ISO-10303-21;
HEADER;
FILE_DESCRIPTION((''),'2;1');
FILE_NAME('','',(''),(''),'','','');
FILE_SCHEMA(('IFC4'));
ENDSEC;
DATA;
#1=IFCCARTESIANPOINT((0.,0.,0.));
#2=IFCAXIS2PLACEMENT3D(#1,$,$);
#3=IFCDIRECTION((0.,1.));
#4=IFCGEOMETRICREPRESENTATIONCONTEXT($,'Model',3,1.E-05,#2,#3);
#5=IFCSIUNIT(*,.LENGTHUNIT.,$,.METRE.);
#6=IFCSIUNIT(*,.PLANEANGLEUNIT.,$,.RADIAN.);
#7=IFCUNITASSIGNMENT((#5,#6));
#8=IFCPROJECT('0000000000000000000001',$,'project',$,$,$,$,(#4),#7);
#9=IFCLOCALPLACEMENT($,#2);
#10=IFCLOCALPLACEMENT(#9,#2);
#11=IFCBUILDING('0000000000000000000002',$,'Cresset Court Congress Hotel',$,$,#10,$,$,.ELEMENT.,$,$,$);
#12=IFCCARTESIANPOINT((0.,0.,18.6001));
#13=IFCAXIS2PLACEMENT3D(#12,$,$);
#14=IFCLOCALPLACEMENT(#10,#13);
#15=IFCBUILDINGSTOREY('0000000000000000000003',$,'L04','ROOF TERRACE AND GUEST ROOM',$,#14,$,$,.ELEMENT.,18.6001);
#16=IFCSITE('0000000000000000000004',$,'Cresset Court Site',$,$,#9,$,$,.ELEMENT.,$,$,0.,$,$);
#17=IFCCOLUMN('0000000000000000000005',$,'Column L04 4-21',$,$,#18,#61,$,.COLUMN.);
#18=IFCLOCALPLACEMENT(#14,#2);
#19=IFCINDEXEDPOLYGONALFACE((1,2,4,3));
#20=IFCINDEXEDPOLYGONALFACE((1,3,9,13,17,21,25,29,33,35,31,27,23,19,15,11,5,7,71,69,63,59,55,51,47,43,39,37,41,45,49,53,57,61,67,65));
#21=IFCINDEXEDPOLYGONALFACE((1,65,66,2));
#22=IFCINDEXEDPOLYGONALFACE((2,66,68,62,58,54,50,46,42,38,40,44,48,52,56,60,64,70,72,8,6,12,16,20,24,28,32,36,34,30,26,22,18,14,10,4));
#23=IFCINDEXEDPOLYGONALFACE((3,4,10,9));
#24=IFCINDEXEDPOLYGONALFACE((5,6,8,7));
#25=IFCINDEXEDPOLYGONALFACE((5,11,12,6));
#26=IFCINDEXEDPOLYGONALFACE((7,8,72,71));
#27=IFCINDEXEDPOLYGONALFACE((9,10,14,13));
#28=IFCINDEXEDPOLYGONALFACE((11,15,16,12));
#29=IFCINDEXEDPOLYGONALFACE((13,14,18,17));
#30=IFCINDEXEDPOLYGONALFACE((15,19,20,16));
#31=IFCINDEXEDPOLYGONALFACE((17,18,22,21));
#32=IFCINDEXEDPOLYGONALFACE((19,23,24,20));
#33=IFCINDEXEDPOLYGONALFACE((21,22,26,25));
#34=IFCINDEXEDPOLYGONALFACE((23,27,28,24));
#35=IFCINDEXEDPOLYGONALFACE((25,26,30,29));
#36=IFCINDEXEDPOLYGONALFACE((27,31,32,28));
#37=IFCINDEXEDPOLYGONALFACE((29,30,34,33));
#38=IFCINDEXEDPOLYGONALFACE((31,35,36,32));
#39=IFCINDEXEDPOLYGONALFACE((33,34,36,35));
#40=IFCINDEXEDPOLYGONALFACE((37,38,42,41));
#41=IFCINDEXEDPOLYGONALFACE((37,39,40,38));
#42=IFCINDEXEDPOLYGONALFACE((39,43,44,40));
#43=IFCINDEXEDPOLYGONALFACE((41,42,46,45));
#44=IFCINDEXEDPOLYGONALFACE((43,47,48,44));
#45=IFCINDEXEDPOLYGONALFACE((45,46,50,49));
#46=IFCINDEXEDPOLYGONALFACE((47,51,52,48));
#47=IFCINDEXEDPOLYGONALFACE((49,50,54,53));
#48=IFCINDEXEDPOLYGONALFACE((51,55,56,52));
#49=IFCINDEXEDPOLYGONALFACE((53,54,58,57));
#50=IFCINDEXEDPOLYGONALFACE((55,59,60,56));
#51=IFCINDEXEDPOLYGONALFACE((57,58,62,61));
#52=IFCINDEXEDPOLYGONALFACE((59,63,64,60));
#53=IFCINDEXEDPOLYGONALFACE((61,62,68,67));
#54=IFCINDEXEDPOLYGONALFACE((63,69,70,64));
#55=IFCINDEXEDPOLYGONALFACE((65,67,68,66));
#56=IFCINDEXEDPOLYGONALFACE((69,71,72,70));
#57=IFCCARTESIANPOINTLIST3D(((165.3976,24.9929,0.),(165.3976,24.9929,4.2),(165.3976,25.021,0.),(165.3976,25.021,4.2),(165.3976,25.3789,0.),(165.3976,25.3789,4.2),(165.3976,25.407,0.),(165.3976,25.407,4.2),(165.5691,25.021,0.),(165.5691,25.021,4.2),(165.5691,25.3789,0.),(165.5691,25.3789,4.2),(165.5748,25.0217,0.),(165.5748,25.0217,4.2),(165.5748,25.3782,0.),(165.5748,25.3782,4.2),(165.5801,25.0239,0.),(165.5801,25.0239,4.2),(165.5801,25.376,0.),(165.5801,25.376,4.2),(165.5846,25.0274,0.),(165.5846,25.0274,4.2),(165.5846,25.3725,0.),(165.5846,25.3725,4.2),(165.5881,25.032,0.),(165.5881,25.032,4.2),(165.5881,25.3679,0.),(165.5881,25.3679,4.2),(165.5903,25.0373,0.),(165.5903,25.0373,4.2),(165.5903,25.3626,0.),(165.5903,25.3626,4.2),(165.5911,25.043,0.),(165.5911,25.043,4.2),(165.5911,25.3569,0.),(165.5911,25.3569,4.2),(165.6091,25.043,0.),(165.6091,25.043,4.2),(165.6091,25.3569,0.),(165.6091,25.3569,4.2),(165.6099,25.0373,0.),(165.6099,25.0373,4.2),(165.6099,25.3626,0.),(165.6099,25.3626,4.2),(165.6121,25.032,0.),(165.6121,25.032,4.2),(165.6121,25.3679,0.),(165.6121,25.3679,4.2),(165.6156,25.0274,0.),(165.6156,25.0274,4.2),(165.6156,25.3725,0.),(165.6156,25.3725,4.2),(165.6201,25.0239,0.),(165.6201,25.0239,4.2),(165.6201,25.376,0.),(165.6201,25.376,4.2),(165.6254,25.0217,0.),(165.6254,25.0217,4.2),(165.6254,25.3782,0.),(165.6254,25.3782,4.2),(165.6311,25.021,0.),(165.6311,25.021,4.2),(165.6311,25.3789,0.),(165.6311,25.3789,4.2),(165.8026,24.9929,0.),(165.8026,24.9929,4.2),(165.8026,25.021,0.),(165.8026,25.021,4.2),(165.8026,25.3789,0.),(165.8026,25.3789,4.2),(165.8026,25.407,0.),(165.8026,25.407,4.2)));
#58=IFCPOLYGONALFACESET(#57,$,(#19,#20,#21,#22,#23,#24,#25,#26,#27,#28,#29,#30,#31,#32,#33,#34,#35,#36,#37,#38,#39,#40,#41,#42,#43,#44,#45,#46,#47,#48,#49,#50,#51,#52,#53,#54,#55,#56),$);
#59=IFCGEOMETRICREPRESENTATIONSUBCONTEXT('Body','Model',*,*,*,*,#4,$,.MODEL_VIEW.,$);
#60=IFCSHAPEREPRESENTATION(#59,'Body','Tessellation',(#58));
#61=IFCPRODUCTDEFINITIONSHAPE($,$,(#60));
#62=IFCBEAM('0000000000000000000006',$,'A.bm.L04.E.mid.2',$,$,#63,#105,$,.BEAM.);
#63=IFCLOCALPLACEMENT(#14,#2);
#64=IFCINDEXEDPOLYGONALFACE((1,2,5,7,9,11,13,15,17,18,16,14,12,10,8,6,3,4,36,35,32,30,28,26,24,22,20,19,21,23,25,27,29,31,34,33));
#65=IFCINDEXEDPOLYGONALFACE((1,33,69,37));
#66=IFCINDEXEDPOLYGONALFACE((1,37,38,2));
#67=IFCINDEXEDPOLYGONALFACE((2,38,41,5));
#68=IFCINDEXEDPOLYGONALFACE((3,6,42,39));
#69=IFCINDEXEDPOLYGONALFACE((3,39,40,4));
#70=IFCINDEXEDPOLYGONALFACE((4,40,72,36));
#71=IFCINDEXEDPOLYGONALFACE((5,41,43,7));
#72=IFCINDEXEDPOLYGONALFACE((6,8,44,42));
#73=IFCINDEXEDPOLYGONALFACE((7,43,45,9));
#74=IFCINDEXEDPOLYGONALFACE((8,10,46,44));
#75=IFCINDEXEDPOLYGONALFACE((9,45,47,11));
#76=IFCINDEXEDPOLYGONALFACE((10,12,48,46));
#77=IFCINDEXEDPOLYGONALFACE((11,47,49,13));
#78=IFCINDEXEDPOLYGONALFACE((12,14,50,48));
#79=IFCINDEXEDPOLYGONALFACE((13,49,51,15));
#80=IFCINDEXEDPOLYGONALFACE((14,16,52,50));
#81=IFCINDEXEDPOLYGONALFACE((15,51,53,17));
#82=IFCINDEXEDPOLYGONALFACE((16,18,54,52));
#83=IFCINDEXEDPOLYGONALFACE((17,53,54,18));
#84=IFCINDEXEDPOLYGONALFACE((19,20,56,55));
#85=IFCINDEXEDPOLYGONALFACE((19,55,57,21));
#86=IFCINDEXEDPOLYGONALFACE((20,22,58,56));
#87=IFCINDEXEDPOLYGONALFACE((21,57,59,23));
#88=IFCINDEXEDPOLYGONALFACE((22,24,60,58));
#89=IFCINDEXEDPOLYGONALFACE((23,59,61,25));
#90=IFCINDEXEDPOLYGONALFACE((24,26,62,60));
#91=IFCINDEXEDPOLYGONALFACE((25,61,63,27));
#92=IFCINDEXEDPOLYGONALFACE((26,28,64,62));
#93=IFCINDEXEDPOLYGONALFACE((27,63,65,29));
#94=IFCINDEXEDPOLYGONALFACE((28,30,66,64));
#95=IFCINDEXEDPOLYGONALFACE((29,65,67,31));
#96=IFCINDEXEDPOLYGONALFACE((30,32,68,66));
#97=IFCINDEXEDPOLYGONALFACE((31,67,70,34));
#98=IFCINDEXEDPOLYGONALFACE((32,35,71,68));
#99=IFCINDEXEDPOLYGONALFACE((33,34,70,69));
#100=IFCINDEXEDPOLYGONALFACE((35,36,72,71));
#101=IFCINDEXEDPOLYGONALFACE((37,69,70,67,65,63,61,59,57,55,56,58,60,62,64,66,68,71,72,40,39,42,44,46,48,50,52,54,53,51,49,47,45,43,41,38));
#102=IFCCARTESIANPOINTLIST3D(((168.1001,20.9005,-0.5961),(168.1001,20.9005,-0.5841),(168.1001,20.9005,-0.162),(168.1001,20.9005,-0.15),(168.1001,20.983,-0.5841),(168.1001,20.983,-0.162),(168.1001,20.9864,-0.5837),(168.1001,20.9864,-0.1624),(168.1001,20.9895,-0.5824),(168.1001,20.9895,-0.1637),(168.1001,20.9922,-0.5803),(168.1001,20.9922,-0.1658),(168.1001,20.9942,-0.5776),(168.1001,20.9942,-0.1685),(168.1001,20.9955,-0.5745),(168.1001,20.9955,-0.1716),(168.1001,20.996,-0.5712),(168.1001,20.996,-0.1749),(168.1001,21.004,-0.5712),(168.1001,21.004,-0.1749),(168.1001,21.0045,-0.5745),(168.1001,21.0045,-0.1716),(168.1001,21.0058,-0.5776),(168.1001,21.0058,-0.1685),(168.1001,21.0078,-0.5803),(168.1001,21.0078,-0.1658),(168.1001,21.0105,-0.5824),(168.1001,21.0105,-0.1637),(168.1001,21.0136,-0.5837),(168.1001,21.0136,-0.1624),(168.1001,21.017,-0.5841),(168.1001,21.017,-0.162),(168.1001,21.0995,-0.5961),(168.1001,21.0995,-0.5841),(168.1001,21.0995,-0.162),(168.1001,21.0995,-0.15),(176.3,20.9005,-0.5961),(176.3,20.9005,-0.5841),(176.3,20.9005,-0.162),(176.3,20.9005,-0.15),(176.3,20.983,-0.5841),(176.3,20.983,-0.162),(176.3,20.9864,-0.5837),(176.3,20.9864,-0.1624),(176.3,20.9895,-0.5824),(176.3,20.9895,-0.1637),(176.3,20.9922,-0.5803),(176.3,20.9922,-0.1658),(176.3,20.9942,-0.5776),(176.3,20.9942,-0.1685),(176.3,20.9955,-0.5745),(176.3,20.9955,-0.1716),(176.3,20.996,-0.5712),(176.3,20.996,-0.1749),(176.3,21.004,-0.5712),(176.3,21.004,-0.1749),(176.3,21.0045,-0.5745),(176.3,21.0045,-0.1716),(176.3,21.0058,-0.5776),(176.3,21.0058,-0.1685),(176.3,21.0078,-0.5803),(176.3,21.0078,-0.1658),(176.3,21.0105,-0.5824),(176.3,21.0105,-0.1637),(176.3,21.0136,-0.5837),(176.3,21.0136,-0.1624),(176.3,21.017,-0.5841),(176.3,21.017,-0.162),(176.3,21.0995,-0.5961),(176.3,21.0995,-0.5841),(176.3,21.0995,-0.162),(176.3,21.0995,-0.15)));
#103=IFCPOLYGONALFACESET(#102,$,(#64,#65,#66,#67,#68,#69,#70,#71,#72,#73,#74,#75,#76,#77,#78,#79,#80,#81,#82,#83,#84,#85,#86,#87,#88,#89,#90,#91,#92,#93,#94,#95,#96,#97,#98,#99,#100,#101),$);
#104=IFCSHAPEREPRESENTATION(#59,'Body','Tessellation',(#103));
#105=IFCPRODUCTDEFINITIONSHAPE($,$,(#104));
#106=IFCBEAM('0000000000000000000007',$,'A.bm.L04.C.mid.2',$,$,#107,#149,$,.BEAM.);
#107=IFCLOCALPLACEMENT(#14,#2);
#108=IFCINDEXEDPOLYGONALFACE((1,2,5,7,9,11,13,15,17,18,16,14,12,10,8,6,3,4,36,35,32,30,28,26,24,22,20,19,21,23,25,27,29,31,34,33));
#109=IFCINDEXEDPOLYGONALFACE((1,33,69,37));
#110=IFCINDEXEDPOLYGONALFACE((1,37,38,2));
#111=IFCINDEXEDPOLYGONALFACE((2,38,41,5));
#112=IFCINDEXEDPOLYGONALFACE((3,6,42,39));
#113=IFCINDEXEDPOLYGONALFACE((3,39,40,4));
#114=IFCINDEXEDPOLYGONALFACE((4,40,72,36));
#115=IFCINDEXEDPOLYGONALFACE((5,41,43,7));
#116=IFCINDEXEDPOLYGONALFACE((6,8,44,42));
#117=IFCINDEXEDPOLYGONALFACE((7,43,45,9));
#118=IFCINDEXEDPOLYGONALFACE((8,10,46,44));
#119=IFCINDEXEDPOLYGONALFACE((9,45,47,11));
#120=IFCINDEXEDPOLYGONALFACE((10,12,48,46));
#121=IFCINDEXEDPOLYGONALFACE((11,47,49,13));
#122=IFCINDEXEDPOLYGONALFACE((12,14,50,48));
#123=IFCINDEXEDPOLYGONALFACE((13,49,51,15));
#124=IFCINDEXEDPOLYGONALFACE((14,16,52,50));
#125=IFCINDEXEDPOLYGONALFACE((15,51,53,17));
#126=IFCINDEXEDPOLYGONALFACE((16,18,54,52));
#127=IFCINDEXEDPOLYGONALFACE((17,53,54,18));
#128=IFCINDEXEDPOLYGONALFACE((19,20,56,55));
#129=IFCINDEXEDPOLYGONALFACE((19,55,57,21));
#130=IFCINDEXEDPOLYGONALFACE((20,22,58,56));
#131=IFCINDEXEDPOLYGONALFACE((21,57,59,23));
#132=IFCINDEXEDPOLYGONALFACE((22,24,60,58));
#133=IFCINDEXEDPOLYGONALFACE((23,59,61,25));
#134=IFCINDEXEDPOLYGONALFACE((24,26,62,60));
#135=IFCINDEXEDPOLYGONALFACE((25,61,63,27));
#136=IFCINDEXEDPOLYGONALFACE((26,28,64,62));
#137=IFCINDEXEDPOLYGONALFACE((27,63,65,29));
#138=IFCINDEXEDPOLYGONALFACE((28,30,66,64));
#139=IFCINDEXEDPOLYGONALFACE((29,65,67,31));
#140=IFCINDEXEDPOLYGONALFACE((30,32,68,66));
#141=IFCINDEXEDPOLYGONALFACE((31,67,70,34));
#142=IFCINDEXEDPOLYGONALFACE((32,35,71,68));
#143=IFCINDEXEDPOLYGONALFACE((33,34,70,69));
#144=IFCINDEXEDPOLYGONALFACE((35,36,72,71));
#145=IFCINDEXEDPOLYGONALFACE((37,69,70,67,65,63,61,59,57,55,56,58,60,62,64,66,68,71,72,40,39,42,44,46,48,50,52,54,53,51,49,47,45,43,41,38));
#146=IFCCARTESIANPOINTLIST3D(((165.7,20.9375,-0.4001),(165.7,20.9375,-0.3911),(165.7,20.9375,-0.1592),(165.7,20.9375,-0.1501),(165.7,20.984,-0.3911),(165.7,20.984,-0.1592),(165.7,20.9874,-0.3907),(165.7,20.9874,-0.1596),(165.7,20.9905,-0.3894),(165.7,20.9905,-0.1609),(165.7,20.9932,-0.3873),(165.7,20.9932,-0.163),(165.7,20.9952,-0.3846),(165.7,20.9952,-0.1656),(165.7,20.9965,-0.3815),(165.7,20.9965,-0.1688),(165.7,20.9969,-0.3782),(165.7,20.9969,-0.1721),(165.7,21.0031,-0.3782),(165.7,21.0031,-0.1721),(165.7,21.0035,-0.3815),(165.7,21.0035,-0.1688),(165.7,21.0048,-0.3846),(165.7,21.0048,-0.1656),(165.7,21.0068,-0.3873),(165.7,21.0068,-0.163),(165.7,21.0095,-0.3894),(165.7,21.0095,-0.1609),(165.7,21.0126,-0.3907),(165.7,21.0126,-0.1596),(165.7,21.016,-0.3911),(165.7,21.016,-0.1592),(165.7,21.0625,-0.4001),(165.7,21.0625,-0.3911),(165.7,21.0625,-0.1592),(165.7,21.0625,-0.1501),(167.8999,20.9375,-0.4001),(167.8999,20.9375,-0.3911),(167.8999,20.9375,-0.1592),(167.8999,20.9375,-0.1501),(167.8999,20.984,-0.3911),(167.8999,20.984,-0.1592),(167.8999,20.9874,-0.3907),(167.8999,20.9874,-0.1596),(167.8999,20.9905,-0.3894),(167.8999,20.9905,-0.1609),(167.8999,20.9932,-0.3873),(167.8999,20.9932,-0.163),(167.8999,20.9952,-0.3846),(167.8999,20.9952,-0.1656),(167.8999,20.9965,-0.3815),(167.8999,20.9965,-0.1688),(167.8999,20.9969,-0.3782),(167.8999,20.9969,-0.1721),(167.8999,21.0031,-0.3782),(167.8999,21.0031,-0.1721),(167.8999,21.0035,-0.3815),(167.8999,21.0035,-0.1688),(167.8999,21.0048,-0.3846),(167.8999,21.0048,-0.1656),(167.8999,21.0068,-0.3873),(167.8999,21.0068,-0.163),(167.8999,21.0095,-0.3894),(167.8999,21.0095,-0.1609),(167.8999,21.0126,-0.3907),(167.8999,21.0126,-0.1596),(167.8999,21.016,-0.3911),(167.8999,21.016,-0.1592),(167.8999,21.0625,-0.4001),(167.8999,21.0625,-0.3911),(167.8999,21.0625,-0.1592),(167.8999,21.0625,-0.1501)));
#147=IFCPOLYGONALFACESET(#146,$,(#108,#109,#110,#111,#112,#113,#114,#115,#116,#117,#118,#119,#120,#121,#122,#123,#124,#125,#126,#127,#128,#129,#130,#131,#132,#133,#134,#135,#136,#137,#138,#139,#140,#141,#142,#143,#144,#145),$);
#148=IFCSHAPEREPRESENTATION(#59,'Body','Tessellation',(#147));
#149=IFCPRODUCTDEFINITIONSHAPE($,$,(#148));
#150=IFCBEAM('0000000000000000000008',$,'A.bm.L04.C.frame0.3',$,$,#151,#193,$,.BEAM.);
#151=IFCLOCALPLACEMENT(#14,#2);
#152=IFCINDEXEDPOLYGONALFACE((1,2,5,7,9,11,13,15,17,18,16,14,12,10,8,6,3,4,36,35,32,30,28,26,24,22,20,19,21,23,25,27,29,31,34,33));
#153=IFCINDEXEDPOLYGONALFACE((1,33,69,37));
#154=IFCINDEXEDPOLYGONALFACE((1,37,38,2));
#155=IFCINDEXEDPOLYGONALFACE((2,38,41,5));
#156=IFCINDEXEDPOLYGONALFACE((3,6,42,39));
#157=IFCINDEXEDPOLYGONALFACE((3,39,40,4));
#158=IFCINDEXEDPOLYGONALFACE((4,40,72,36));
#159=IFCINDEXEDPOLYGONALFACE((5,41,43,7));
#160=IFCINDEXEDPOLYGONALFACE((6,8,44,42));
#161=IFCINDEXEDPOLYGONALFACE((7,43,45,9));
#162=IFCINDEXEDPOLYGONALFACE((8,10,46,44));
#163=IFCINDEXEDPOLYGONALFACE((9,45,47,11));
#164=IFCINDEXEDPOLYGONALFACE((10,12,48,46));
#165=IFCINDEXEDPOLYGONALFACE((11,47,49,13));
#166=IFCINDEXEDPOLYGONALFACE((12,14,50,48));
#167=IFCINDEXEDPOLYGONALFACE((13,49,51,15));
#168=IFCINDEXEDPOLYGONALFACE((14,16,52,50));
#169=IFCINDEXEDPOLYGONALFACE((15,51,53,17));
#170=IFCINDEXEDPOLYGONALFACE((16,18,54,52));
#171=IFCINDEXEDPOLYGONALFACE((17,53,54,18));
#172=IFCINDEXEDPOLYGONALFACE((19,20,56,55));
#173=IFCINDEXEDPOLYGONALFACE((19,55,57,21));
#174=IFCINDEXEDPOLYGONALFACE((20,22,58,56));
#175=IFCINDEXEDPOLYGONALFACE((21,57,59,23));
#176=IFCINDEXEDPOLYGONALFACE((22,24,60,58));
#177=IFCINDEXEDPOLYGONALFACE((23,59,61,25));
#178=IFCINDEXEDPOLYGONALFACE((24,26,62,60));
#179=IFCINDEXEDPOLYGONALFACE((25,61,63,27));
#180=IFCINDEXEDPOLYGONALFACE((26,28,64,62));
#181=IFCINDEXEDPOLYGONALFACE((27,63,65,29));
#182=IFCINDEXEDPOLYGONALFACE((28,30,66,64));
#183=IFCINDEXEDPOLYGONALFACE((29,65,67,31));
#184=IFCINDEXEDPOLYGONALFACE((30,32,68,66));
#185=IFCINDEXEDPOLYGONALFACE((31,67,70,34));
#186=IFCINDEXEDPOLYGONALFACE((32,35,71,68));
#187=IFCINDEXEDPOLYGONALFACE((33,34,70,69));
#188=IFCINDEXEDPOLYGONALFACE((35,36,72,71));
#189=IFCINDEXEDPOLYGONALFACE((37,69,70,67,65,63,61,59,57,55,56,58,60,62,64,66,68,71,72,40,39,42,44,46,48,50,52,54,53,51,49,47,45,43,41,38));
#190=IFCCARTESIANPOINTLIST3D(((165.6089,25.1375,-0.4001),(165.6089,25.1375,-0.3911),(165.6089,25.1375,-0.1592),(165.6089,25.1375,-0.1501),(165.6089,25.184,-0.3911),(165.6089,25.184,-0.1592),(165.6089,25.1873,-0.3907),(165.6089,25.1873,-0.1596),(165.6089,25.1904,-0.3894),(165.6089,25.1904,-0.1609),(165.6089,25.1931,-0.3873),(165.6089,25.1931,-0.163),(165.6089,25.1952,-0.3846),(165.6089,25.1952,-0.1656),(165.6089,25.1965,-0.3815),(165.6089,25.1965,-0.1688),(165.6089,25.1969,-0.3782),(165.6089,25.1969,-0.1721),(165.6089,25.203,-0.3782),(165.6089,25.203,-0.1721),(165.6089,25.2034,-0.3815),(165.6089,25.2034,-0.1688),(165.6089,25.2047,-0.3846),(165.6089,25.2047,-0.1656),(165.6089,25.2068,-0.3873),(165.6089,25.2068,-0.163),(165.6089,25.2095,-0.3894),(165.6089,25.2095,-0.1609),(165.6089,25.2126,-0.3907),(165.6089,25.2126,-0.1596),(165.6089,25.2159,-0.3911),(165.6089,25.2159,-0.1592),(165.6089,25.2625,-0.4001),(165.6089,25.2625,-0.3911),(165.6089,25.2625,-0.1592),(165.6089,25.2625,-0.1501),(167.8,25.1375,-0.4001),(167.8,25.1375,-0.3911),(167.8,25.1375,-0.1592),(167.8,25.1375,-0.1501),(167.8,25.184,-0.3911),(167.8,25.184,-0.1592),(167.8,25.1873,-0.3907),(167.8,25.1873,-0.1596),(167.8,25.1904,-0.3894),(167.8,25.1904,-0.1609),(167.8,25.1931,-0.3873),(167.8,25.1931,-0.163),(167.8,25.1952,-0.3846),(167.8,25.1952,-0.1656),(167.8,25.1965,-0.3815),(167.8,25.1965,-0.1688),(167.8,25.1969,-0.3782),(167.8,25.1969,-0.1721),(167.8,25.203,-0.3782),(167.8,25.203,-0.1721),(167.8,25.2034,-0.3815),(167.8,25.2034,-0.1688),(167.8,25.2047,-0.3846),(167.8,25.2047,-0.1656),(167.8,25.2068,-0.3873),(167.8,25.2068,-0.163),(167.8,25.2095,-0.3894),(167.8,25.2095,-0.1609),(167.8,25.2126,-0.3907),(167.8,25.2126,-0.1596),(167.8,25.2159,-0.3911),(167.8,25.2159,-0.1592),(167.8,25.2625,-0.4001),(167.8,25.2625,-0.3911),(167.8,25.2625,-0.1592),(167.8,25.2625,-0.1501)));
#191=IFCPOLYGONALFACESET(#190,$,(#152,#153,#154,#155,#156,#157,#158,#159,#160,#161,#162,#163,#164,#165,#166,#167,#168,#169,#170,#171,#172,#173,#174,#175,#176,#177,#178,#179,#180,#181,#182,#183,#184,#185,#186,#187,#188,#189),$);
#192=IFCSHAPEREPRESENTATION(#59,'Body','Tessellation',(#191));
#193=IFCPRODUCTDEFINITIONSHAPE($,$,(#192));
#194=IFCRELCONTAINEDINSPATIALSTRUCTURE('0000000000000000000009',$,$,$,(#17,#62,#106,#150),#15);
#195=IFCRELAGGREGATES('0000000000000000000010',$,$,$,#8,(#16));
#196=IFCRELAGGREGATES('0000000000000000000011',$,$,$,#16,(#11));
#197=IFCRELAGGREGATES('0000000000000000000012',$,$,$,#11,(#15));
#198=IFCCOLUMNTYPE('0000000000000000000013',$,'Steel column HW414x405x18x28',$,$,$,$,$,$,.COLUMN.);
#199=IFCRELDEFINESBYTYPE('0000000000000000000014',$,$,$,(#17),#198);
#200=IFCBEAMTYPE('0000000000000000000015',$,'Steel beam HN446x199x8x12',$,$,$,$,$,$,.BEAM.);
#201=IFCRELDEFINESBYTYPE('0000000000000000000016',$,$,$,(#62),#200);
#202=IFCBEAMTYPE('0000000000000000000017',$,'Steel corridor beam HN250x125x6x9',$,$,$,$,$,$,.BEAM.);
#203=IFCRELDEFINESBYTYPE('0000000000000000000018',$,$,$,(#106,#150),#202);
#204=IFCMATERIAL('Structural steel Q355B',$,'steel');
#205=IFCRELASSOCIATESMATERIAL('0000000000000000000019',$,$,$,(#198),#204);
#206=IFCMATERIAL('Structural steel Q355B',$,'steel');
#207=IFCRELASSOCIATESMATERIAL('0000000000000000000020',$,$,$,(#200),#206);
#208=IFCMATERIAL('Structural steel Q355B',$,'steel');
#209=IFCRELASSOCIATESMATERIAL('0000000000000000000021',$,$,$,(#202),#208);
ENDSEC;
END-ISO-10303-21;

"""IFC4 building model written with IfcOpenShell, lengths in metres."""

from ifc_helpers import new_model, si_unit, direction, frame, origin, origin_2d, place, context, subcontext, project, spatial, i_section, extrude, material, material_profile, profile_set, type_object, element, save


model = new_model("IFC4")

# Units and contexts
model_context = context("Model", 3, precision=1e-05, world=origin(), true_north=direction((0.0, 1.0)))
body_context = subcontext(model_context, "Body", "Model", "MODEL_VIEW")
ifc_project = project(units=[si_unit("LENGTHUNIT", "METRE"), si_unit("PLANEANGLEUNIT", "RADIAN")], contexts=[model_context])

# Site, building, storey
site_placement = place(None, origin())
site = spatial("IfcSite", under=ifc_project, at=site_placement, Name="Cresset Court Site", CompositionType="ELEMENT", RefElevation=0.0)
building_placement = place(site_placement, origin())
building = spatial("IfcBuilding", under=site, at=building_placement, Name="Cresset Court Congress Hotel", CompositionType="ELEMENT")
storey_placement = place(building_placement, frame((0.0, 0.0, 18.6001)))
storey = spatial("IfcBuildingStorey", under=building, at=storey_placement, Name="L04", Description="ROOF TERRACE AND GUEST ROOM", CompositionType="ELEMENT", Elevation=18.6001)

# Column
ifc_material_1 = material(Name="Structural steel Q355B", Category="steel")
ifc_material_profile_1 = material_profile(ifc_material_1, i_section(OverallWidth=0.405, OverallDepth=0.4141, WebThickness=0.0181, FlangeThickness=0.0281, FilletRadius=0.022, at=origin_2d()), Name="HW414x405x18x28")
ifc_profile_set_1 = profile_set([ifc_material_profile_1], Name="Structural steel Q355B")
column_type = type_object("IfcColumnType", Name="Steel column HW414x405x18x28", PredefinedType="COLUMN", material=ifc_profile_set_1)
column_placement = place(storey_placement, frame((165.6001, 25.2, 0.0), z_axis=(0.0, 0.0, 1.0), x_axis=(1.0, 0.0, 0.0)))
element("IfcColumn", 1, at=column_placement, inside=storey, type_object=column_type, Name="Column L04 4-21", PredefinedType="COLUMN", context=body_context, shape_type="SweptSolid", body=[
    extrude(i_section(OverallWidth=0.405, OverallDepth=0.4141, WebThickness=0.0181, FlangeThickness=0.0281, FilletRadius=0.022, at=origin_2d()), origin(), (0.0, 0.0, 1.0), 4.2),
])

# Beams
ifc_material_2 = material(Name="Structural steel Q355B", Category="steel")
ifc_material_profile_2 = material_profile(ifc_material_2, i_section(OverallWidth=0.199, OverallDepth=0.446, WebThickness=0.0081, FlangeThickness=0.012, FilletRadius=0.0129, at=origin_2d()), Name="HN446x199x8x12")
ifc_profile_set_2 = profile_set([ifc_material_profile_2], Name="Structural steel Q355B")
beam_type_1 = type_object("IfcBeamType", Name="Steel beam HN446x199x8x12", PredefinedType="BEAM", material=ifc_profile_set_2)
beam_1_placement = place(storey_placement, frame((168.1001, 21.0, -0.373), z_axis=(1.0, 0.0, 0.0), x_axis=(0.0, 1.0, 0.0)))
element("IfcBeam", 2, at=beam_1_placement, inside=storey, type_object=beam_type_1, Name="A.bm.L04.E.mid.2", PredefinedType="BEAM", context=body_context, shape_type="SweptSolid", body=[
    extrude(i_section(OverallWidth=0.199, OverallDepth=0.446, WebThickness=0.0081, FlangeThickness=0.012, FilletRadius=0.0129, at=origin_2d()), origin(), (0.0, 0.0, 1.0), 8.2),
])
ifc_material_3 = material(Name="Structural steel Q355B", Category="steel")
ifc_material_profile_3 = material_profile(ifc_material_3, i_section(OverallWidth=0.125, OverallDepth=0.25, WebThickness=0.0061, FlangeThickness=0.009, FilletRadius=0.0129, at=origin_2d()), Name="HN250x125x6x9")
ifc_profile_set_3 = profile_set([ifc_material_profile_3], Name="Structural steel Q355B")
beam_type_2 = type_object("IfcBeamType", Name="Steel corridor beam HN250x125x6x9", PredefinedType="BEAM", material=ifc_profile_set_3)
beam_2_placement = place(storey_placement, frame((165.7, 21.0, -0.2751), z_axis=(1.0, 0.0, 0.0), x_axis=(0.0, 1.0, 0.0)))
element("IfcBeam", 3, at=beam_2_placement, inside=storey, type_object=beam_type_2, Name="A.bm.L04.C.mid.2", PredefinedType="BEAM", context=body_context, shape_type="SweptSolid", body=[
    extrude(i_section(OverallWidth=0.125, OverallDepth=0.25, WebThickness=0.0061, FlangeThickness=0.009, FilletRadius=0.0129, at=origin_2d()), origin(), (0.0, 0.0, 1.0), 2.2),
])
beam_3_placement = place(storey_placement, frame((165.6089, 25.2, -0.2751), z_axis=(1.0, 0.0, 0.0), x_axis=(0.0, 1.0, 0.0)))
element("IfcBeam", 4, at=beam_3_placement, inside=storey, type_object=beam_type_2, Name="A.bm.L04.C.frame0.3", PredefinedType="BEAM", context=body_context, shape_type="SweptSolid", body=[
    extrude(i_section(OverallWidth=0.125, OverallDepth=0.25, WebThickness=0.0061, FlangeThickness=0.009, FilletRadius=0.0129, at=origin_2d()), origin(), (0.0, 0.0, 1.0), 2.1912),
])

save(model, "model.ifc")
